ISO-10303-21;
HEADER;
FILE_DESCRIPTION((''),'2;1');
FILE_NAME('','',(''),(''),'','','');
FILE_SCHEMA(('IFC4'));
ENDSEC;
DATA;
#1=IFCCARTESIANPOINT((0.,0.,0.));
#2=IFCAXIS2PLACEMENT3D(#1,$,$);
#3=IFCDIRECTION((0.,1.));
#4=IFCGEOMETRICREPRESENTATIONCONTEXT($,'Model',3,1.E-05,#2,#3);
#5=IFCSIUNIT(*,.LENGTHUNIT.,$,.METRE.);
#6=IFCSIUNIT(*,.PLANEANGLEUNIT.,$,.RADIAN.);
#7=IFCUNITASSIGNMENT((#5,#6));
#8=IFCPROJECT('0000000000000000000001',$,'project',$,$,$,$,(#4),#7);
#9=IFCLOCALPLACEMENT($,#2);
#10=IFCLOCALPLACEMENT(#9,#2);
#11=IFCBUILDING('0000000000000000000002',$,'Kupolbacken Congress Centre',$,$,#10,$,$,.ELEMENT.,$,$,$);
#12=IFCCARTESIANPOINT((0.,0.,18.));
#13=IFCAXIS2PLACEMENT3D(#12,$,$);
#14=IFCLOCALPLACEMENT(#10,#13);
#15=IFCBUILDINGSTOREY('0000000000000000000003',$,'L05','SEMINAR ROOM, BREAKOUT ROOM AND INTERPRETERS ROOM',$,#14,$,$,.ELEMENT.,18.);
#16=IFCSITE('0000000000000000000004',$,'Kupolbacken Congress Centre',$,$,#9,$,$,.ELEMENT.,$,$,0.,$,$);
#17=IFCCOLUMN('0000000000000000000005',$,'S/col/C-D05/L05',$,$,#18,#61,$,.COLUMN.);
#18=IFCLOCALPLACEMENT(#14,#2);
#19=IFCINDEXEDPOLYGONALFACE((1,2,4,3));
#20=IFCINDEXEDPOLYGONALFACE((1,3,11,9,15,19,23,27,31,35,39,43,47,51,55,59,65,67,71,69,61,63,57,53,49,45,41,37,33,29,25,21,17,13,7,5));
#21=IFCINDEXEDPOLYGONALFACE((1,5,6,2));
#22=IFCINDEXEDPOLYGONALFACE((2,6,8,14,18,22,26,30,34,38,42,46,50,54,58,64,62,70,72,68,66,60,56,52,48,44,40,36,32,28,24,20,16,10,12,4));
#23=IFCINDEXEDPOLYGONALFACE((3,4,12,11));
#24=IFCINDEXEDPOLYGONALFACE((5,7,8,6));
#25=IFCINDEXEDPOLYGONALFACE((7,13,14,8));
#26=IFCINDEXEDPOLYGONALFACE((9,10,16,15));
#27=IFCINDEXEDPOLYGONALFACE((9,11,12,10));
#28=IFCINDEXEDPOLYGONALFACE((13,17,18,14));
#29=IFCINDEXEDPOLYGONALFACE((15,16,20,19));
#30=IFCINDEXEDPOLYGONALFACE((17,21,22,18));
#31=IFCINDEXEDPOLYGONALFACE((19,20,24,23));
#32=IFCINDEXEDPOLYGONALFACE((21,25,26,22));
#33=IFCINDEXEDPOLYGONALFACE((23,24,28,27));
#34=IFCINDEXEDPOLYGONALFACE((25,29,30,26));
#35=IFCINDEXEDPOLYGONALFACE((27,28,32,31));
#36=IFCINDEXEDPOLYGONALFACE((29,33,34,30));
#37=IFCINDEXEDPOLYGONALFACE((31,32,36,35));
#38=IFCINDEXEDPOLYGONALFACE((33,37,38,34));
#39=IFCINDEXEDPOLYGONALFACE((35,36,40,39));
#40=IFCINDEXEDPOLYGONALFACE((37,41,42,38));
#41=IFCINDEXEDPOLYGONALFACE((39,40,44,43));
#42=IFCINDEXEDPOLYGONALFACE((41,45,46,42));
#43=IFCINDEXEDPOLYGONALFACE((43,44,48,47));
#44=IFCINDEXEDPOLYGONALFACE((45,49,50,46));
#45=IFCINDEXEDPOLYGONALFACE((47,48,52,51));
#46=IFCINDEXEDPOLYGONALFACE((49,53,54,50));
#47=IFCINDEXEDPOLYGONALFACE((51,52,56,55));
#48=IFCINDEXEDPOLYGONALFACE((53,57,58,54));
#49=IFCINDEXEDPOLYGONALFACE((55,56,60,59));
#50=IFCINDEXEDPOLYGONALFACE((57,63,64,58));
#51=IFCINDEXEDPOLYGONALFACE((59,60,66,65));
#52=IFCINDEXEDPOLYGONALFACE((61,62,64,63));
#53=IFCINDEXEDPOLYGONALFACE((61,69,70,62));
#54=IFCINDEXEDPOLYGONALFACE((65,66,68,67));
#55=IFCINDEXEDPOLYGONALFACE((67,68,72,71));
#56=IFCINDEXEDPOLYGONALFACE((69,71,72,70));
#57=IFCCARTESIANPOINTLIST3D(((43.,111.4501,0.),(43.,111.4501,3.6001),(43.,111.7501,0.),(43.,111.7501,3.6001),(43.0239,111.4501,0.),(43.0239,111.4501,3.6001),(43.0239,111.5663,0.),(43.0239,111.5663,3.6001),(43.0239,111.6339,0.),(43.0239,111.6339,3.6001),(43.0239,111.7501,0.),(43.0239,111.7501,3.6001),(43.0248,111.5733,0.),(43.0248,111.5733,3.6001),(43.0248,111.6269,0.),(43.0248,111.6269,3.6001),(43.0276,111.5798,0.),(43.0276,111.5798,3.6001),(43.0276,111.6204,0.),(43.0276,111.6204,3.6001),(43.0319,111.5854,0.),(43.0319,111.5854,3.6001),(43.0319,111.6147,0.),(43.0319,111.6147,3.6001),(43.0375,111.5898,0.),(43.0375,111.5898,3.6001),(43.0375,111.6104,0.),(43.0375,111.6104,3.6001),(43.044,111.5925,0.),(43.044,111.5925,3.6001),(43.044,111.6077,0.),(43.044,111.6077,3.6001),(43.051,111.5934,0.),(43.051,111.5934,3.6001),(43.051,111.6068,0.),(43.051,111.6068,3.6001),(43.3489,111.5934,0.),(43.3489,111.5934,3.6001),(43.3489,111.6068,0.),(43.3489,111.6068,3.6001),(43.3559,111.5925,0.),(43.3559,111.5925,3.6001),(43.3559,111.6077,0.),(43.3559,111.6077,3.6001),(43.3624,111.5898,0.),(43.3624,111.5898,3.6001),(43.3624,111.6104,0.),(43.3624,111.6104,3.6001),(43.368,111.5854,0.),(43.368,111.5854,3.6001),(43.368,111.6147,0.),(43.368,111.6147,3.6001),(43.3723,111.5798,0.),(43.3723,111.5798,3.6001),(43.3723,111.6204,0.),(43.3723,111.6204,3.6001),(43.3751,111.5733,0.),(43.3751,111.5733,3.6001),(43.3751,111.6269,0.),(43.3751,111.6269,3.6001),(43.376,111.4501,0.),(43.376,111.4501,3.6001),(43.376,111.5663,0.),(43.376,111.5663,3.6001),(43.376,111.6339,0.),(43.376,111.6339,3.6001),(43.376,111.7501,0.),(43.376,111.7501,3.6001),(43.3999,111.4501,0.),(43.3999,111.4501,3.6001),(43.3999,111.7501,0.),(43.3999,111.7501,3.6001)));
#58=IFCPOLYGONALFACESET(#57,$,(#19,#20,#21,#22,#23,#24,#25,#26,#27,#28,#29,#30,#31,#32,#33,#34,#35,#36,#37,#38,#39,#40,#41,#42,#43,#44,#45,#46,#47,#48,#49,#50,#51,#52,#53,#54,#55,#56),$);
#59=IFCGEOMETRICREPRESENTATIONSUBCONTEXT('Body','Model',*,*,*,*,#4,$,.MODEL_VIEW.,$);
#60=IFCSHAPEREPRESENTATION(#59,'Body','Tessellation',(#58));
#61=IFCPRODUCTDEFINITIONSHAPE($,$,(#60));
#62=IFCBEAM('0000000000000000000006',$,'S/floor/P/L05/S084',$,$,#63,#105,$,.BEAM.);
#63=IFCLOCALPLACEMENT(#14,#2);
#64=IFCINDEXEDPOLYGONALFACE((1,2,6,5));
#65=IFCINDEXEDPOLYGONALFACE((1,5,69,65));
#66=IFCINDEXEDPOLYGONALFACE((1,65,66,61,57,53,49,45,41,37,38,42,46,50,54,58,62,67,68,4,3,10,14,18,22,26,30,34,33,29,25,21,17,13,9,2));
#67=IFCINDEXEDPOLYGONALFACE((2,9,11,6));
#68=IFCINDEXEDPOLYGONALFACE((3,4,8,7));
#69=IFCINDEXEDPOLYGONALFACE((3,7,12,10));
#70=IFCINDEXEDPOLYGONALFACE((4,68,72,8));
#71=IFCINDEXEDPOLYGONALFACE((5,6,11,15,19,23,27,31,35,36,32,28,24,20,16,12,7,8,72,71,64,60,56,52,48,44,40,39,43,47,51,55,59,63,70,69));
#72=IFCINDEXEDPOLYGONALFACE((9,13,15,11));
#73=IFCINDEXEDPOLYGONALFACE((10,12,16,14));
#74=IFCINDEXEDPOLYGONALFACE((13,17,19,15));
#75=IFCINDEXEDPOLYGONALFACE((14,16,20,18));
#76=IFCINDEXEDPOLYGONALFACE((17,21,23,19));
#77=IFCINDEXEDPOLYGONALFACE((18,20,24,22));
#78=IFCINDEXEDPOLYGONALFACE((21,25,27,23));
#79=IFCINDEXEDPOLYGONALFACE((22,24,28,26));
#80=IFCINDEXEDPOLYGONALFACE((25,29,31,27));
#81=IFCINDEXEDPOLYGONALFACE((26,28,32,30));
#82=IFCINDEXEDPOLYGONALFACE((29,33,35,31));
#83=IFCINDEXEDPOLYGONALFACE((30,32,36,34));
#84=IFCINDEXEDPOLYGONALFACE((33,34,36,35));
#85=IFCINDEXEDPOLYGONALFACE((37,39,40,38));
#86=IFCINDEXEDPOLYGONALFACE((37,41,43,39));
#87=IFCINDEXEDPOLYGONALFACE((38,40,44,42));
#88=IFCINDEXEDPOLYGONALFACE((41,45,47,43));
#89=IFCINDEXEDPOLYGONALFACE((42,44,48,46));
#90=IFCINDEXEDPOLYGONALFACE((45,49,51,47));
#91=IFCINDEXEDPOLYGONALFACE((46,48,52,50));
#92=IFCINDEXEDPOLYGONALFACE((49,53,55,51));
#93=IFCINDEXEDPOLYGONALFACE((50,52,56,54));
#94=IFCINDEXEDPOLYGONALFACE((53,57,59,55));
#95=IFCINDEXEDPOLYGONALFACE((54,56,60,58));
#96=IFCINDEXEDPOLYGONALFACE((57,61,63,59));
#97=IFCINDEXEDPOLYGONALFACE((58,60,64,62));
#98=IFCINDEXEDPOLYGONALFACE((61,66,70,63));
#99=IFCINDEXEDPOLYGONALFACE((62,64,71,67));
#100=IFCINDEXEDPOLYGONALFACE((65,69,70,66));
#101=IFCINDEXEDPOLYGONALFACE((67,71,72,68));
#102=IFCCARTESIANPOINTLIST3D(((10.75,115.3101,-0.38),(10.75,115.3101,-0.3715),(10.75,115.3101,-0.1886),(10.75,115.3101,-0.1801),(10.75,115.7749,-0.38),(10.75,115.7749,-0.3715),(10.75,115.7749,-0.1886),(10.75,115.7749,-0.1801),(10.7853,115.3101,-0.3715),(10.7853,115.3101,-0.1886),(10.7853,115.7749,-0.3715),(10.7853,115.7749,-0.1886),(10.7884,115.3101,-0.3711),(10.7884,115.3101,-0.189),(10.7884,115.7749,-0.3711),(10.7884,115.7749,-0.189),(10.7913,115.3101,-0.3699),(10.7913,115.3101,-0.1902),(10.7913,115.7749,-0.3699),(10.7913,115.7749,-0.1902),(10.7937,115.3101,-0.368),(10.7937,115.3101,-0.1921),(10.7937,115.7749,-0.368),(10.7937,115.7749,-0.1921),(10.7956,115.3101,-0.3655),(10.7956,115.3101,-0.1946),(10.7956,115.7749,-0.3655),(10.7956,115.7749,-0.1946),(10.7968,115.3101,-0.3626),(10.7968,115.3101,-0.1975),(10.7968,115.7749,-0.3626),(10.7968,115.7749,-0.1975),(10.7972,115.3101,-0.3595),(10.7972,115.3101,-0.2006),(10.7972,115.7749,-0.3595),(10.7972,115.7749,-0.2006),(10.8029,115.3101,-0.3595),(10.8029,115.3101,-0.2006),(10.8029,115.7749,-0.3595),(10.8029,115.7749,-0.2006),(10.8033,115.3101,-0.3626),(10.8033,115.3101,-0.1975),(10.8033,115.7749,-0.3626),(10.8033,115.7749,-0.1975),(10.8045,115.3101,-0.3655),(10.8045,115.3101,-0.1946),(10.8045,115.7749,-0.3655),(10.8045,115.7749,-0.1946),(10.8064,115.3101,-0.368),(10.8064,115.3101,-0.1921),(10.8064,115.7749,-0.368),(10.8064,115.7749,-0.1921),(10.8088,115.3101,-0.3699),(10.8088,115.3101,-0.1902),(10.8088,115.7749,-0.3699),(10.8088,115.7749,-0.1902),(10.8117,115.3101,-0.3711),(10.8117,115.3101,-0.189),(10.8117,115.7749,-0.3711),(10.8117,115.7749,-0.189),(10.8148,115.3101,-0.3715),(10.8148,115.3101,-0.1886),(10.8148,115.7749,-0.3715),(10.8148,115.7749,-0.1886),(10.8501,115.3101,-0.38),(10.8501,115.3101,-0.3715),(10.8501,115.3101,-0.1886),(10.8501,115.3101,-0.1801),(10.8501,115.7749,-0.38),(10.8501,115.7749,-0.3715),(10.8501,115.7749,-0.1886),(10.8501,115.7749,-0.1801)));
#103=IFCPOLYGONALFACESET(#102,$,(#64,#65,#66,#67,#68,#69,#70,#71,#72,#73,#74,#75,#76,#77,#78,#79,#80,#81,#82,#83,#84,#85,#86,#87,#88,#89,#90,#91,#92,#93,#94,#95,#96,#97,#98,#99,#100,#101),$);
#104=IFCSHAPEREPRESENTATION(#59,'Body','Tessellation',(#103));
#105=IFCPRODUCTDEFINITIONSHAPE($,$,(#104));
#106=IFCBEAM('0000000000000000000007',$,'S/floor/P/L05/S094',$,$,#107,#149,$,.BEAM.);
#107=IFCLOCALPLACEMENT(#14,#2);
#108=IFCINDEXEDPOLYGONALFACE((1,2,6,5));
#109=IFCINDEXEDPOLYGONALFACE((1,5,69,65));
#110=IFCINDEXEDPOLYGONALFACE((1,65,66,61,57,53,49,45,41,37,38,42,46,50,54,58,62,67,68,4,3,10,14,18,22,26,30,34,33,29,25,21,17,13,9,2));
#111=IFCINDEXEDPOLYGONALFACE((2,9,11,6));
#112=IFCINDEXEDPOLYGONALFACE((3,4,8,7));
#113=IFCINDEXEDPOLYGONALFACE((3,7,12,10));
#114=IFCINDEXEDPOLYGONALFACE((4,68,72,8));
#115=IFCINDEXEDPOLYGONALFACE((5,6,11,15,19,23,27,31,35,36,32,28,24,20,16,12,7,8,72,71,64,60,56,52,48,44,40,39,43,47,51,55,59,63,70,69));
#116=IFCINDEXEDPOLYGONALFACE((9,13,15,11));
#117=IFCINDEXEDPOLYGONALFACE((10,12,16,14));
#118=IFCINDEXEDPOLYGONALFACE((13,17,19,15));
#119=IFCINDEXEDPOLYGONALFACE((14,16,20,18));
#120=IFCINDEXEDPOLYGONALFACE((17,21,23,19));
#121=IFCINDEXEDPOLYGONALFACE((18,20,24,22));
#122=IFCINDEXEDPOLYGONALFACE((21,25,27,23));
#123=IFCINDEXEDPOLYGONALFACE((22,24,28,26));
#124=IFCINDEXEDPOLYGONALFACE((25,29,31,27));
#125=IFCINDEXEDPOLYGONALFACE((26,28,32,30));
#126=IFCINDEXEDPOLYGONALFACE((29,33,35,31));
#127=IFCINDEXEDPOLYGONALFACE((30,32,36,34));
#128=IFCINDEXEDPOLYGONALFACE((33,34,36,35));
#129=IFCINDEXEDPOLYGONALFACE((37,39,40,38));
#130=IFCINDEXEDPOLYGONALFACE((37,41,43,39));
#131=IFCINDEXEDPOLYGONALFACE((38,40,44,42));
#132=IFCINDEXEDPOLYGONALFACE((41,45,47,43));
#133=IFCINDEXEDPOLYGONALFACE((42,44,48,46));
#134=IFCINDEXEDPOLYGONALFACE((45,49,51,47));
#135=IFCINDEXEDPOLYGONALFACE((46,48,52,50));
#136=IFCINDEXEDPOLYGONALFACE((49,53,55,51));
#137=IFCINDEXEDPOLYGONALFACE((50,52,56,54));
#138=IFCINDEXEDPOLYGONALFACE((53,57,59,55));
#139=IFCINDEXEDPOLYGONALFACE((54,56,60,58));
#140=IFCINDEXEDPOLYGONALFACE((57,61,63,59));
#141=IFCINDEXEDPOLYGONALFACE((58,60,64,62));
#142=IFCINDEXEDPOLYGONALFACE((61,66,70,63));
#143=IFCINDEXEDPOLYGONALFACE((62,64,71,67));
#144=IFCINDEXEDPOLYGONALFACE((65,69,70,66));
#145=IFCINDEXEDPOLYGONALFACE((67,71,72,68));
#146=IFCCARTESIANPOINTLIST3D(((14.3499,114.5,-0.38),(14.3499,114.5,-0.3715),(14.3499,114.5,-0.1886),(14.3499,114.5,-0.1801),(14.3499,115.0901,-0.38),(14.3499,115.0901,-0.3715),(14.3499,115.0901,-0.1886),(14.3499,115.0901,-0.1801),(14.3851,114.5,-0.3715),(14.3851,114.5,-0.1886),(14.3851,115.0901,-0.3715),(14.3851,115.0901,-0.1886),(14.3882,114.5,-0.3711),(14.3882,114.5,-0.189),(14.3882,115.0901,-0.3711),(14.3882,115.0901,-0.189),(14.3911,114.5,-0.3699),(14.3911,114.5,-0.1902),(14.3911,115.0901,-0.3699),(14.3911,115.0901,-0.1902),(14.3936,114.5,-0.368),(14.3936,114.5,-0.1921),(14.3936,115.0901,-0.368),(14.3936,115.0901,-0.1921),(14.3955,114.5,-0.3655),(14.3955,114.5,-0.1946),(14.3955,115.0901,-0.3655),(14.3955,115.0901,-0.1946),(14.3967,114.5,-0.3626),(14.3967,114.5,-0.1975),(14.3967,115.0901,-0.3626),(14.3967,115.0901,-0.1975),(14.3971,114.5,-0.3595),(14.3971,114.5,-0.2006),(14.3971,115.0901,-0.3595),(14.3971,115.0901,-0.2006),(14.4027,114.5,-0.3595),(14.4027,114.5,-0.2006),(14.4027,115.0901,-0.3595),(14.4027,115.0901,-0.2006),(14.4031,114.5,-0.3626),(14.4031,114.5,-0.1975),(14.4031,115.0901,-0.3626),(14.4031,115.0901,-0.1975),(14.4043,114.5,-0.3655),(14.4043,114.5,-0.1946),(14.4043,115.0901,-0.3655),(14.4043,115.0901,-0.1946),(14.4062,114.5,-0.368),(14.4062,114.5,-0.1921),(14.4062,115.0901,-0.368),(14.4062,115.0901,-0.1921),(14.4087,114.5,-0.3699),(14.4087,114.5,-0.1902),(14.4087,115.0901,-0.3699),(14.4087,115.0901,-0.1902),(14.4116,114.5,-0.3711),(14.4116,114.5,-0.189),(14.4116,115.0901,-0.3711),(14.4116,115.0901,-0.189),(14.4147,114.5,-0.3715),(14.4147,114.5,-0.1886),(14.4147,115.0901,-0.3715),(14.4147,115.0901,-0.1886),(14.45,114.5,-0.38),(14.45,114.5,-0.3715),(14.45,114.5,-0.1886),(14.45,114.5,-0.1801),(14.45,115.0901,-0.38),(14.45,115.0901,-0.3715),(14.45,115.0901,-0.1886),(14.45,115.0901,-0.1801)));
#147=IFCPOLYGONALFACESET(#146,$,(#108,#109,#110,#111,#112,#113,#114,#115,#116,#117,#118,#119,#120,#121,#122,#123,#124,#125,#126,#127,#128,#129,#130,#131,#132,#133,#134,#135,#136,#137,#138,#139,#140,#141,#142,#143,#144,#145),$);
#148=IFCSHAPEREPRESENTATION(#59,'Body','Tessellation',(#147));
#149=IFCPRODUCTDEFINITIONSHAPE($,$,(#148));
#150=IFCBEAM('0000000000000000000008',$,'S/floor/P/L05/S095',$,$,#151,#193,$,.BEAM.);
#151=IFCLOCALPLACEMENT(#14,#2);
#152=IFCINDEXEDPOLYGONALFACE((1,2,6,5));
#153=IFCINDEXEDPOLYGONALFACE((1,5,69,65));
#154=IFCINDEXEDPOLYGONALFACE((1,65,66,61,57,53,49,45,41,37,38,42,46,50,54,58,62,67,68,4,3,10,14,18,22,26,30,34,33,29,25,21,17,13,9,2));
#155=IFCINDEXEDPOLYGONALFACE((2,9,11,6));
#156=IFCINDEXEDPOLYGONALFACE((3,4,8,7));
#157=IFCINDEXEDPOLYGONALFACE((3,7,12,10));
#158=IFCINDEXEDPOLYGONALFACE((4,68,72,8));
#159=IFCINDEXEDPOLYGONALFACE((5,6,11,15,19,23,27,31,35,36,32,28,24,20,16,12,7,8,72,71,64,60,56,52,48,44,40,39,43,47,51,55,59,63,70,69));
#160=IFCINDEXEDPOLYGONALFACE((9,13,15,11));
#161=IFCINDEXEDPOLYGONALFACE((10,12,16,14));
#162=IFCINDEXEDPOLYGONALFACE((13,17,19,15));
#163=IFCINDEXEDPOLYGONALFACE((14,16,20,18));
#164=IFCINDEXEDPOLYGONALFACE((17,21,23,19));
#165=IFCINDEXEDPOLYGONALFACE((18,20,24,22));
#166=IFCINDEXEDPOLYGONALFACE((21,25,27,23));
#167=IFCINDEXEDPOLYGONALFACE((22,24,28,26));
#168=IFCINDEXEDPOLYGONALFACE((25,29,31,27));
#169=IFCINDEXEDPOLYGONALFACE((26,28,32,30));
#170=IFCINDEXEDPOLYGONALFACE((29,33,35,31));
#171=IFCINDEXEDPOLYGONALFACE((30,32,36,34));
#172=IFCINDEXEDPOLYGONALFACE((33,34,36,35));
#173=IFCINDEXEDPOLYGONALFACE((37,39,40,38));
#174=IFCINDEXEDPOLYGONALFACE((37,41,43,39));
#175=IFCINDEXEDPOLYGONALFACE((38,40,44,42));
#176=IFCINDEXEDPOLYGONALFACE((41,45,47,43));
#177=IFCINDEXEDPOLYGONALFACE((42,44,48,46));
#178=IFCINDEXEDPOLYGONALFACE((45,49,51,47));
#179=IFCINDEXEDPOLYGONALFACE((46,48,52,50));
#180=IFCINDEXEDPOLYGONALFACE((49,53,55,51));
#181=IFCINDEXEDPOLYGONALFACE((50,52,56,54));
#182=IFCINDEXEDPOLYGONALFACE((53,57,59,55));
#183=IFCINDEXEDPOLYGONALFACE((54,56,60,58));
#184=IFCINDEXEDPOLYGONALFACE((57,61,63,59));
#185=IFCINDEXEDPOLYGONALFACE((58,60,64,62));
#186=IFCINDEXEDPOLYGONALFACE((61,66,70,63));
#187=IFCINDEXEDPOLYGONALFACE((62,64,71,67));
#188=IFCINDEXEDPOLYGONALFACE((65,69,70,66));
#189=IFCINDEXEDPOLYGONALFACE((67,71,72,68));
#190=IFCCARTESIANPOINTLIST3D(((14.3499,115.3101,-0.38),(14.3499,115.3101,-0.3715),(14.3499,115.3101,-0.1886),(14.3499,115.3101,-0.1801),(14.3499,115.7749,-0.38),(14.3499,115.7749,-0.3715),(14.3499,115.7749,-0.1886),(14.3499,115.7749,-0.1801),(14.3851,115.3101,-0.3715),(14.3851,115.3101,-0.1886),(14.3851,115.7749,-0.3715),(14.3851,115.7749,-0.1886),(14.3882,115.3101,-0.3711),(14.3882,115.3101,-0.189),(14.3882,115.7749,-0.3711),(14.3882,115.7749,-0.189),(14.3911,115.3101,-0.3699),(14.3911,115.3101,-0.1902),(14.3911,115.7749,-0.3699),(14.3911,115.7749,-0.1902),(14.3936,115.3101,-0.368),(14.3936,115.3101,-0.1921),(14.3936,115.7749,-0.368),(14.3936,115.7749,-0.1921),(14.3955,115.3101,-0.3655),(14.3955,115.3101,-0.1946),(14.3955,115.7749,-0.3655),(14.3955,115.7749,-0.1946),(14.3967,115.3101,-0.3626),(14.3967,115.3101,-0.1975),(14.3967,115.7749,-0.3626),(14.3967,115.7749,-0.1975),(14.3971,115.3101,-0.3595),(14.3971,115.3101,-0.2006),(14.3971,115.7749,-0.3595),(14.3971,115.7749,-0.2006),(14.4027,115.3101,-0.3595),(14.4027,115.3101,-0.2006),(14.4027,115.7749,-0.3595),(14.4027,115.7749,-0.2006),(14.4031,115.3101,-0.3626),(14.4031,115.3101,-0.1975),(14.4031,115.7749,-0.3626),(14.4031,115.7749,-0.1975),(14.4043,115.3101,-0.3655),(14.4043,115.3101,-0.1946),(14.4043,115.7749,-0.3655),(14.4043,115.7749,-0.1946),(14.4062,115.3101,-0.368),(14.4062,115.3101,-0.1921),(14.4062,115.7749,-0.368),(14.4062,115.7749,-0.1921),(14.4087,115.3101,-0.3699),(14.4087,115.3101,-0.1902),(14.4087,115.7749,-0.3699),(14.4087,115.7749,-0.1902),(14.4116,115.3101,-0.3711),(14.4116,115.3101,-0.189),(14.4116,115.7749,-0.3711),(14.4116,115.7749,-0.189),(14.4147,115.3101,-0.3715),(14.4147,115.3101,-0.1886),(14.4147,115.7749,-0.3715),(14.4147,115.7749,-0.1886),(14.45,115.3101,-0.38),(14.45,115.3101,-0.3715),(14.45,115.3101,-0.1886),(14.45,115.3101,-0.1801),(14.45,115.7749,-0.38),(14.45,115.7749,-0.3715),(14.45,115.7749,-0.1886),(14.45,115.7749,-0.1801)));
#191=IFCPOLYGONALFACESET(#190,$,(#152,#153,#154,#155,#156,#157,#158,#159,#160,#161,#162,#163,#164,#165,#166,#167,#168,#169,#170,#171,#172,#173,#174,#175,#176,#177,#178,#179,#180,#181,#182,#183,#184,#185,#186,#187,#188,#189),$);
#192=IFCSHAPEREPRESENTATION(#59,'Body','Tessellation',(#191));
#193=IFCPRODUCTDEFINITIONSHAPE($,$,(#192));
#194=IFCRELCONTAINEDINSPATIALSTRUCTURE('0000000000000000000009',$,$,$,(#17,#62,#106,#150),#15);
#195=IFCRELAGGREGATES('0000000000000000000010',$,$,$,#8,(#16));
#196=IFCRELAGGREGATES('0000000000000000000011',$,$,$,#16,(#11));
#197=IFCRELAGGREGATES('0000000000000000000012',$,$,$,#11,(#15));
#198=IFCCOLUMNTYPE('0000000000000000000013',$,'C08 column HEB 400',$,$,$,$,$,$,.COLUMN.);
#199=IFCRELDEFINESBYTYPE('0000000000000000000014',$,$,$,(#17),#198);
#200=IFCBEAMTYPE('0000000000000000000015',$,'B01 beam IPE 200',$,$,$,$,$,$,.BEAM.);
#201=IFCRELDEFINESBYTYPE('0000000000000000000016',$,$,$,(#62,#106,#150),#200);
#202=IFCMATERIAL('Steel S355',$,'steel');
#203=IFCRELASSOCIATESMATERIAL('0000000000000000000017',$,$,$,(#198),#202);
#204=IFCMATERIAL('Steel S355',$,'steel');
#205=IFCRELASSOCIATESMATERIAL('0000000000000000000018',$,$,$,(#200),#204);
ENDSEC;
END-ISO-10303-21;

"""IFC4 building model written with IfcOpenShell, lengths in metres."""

from ifc_helpers import new_model, si_unit, direction, frame, origin, origin_2d, place, context, subcontext, project, spatial, i_section, extrude, material, material_profile, profile_set, type_object, element, save


model = new_model("IFC4")

# Units and contexts
model_context = context("Model", 3, precision=1e-05, world=origin(), true_north=direction((0.0, 1.0)))
body_context = subcontext(model_context, "Body", "Model", "MODEL_VIEW")
ifc_project = project(units=[si_unit("LENGTHUNIT", "METRE"), si_unit("PLANEANGLEUNIT", "RADIAN")], contexts=[model_context])

# Site, building, storey
site_placement = place(None, origin())
site = spatial("IfcSite", under=ifc_project, at=site_placement, Name="Kupolbacken Congress Centre", CompositionType="ELEMENT", RefElevation=0.0)
building_placement = place(site_placement, origin())
building = spatial("IfcBuilding", under=site, at=building_placement, Name="Kupolbacken Congress Centre", CompositionType="ELEMENT")
storey_placement = place(building_placement, frame((0.0, 0.0, 18.0)))
storey = spatial("IfcBuildingStorey", under=building, at=storey_placement, Name="L05", Description="SEMINAR ROOM, BREAKOUT ROOM AND INTERPRETERS ROOM", CompositionType="ELEMENT", Elevation=18.0)

# Column
ifc_material_1 = material(Name="Steel S355", Category="steel")
ifc_material_profile_1 = material_profile(ifc_material_1, i_section(OverallWidth=0.3, OverallDepth=0.3999, WebThickness=0.0134, FlangeThickness=0.0239, FilletRadius=0.0271, at=origin_2d()), Name="HEB 400")
ifc_profile_set_1 = profile_set([ifc_material_profile_1], Name="Steel S355")
column_type = type_object("IfcColumnType", Name="C08 column HEB 400", PredefinedType="COLUMN", material=ifc_profile_set_1)
column_placement = place(storey_placement, frame((43.2, 111.6001, 0.0), z_axis=(0.0, 0.0, 1.0), x_axis=(0.0, 1.0, 0.0)))
element("IfcColumn", 1, at=column_placement, inside=storey, type_object=column_type, Name="S/col/C-D05/L05", PredefinedType="COLUMN", context=body_context, shape_type="SweptSolid", body=[
    extrude(i_section(OverallWidth=0.3, OverallDepth=0.3999, WebThickness=0.0134, FlangeThickness=0.0239, FilletRadius=0.0271, at=origin_2d()), origin(), (0.0, 0.0, 1.0), 3.6001),
])

# Beams
ifc_material_2 = material(Name="Steel S355", Category="steel")
ifc_material_profile_2 = material_profile(ifc_material_2, i_section(OverallWidth=0.1001, OverallDepth=0.2, WebThickness=0.0056, FlangeThickness=0.0085, FilletRadius=0.012, at=origin_2d()), Name="IPE 200")
ifc_profile_set_2 = profile_set([ifc_material_profile_2], Name="Steel S355")
beam_type_1 = type_object("IfcBeamType", Name="B01 beam IPE 200", PredefinedType="BEAM", material=ifc_profile_set_2)
beam_1_placement = place(storey_placement, frame((10.8, 115.3101, -0.28), z_axis=(0.0, 1.0, 0.0), x_axis=(-1.0, 0.0, 0.0)))
element("IfcBeam", 2, at=beam_1_placement, inside=storey, type_object=beam_type_1, Name="S/floor/P/L05/S084", PredefinedType="BEAM", context=body_context, shape_type="SweptSolid", body=[
    extrude(i_section(OverallWidth=0.1001, OverallDepth=0.2, WebThickness=0.0056, FlangeThickness=0.0085, FilletRadius=0.012, at=origin_2d()), origin(), (0.0, 0.0, 1.0), 0.4648),
])
beam_2_placement = place(storey_placement, frame((14.3999, 114.5, -0.28), z_axis=(0.0, 1.0, 0.0), x_axis=(-1.0, 0.0, 0.0)))
element("IfcBeam", 3, at=beam_2_placement, inside=storey, type_object=beam_type_1, Name="S/floor/P/L05/S094", PredefinedType="BEAM", context=body_context, shape_type="SweptSolid", body=[
    extrude(i_section(OverallWidth=0.1001, OverallDepth=0.2, WebThickness=0.0056, FlangeThickness=0.0085, FilletRadius=0.012, at=origin_2d()), origin(), (0.0, 0.0, 1.0), 0.5901),
])
beam_3_placement = place(storey_placement, frame((14.3999, 115.3101, -0.28), z_axis=(0.0, 1.0, 0.0), x_axis=(-1.0, 0.0, 0.0)))
element("IfcBeam", 4, at=beam_3_placement, inside=storey, type_object=beam_type_1, Name="S/floor/P/L05/S095", PredefinedType="BEAM", context=body_context, shape_type="SweptSolid", body=[
    extrude(i_section(OverallWidth=0.1001, OverallDepth=0.2, WebThickness=0.0056, FlangeThickness=0.0085, FilletRadius=0.012, at=origin_2d()), origin(), (0.0, 0.0, 1.0), 0.4648),
])

save(model, "model.ifc")
